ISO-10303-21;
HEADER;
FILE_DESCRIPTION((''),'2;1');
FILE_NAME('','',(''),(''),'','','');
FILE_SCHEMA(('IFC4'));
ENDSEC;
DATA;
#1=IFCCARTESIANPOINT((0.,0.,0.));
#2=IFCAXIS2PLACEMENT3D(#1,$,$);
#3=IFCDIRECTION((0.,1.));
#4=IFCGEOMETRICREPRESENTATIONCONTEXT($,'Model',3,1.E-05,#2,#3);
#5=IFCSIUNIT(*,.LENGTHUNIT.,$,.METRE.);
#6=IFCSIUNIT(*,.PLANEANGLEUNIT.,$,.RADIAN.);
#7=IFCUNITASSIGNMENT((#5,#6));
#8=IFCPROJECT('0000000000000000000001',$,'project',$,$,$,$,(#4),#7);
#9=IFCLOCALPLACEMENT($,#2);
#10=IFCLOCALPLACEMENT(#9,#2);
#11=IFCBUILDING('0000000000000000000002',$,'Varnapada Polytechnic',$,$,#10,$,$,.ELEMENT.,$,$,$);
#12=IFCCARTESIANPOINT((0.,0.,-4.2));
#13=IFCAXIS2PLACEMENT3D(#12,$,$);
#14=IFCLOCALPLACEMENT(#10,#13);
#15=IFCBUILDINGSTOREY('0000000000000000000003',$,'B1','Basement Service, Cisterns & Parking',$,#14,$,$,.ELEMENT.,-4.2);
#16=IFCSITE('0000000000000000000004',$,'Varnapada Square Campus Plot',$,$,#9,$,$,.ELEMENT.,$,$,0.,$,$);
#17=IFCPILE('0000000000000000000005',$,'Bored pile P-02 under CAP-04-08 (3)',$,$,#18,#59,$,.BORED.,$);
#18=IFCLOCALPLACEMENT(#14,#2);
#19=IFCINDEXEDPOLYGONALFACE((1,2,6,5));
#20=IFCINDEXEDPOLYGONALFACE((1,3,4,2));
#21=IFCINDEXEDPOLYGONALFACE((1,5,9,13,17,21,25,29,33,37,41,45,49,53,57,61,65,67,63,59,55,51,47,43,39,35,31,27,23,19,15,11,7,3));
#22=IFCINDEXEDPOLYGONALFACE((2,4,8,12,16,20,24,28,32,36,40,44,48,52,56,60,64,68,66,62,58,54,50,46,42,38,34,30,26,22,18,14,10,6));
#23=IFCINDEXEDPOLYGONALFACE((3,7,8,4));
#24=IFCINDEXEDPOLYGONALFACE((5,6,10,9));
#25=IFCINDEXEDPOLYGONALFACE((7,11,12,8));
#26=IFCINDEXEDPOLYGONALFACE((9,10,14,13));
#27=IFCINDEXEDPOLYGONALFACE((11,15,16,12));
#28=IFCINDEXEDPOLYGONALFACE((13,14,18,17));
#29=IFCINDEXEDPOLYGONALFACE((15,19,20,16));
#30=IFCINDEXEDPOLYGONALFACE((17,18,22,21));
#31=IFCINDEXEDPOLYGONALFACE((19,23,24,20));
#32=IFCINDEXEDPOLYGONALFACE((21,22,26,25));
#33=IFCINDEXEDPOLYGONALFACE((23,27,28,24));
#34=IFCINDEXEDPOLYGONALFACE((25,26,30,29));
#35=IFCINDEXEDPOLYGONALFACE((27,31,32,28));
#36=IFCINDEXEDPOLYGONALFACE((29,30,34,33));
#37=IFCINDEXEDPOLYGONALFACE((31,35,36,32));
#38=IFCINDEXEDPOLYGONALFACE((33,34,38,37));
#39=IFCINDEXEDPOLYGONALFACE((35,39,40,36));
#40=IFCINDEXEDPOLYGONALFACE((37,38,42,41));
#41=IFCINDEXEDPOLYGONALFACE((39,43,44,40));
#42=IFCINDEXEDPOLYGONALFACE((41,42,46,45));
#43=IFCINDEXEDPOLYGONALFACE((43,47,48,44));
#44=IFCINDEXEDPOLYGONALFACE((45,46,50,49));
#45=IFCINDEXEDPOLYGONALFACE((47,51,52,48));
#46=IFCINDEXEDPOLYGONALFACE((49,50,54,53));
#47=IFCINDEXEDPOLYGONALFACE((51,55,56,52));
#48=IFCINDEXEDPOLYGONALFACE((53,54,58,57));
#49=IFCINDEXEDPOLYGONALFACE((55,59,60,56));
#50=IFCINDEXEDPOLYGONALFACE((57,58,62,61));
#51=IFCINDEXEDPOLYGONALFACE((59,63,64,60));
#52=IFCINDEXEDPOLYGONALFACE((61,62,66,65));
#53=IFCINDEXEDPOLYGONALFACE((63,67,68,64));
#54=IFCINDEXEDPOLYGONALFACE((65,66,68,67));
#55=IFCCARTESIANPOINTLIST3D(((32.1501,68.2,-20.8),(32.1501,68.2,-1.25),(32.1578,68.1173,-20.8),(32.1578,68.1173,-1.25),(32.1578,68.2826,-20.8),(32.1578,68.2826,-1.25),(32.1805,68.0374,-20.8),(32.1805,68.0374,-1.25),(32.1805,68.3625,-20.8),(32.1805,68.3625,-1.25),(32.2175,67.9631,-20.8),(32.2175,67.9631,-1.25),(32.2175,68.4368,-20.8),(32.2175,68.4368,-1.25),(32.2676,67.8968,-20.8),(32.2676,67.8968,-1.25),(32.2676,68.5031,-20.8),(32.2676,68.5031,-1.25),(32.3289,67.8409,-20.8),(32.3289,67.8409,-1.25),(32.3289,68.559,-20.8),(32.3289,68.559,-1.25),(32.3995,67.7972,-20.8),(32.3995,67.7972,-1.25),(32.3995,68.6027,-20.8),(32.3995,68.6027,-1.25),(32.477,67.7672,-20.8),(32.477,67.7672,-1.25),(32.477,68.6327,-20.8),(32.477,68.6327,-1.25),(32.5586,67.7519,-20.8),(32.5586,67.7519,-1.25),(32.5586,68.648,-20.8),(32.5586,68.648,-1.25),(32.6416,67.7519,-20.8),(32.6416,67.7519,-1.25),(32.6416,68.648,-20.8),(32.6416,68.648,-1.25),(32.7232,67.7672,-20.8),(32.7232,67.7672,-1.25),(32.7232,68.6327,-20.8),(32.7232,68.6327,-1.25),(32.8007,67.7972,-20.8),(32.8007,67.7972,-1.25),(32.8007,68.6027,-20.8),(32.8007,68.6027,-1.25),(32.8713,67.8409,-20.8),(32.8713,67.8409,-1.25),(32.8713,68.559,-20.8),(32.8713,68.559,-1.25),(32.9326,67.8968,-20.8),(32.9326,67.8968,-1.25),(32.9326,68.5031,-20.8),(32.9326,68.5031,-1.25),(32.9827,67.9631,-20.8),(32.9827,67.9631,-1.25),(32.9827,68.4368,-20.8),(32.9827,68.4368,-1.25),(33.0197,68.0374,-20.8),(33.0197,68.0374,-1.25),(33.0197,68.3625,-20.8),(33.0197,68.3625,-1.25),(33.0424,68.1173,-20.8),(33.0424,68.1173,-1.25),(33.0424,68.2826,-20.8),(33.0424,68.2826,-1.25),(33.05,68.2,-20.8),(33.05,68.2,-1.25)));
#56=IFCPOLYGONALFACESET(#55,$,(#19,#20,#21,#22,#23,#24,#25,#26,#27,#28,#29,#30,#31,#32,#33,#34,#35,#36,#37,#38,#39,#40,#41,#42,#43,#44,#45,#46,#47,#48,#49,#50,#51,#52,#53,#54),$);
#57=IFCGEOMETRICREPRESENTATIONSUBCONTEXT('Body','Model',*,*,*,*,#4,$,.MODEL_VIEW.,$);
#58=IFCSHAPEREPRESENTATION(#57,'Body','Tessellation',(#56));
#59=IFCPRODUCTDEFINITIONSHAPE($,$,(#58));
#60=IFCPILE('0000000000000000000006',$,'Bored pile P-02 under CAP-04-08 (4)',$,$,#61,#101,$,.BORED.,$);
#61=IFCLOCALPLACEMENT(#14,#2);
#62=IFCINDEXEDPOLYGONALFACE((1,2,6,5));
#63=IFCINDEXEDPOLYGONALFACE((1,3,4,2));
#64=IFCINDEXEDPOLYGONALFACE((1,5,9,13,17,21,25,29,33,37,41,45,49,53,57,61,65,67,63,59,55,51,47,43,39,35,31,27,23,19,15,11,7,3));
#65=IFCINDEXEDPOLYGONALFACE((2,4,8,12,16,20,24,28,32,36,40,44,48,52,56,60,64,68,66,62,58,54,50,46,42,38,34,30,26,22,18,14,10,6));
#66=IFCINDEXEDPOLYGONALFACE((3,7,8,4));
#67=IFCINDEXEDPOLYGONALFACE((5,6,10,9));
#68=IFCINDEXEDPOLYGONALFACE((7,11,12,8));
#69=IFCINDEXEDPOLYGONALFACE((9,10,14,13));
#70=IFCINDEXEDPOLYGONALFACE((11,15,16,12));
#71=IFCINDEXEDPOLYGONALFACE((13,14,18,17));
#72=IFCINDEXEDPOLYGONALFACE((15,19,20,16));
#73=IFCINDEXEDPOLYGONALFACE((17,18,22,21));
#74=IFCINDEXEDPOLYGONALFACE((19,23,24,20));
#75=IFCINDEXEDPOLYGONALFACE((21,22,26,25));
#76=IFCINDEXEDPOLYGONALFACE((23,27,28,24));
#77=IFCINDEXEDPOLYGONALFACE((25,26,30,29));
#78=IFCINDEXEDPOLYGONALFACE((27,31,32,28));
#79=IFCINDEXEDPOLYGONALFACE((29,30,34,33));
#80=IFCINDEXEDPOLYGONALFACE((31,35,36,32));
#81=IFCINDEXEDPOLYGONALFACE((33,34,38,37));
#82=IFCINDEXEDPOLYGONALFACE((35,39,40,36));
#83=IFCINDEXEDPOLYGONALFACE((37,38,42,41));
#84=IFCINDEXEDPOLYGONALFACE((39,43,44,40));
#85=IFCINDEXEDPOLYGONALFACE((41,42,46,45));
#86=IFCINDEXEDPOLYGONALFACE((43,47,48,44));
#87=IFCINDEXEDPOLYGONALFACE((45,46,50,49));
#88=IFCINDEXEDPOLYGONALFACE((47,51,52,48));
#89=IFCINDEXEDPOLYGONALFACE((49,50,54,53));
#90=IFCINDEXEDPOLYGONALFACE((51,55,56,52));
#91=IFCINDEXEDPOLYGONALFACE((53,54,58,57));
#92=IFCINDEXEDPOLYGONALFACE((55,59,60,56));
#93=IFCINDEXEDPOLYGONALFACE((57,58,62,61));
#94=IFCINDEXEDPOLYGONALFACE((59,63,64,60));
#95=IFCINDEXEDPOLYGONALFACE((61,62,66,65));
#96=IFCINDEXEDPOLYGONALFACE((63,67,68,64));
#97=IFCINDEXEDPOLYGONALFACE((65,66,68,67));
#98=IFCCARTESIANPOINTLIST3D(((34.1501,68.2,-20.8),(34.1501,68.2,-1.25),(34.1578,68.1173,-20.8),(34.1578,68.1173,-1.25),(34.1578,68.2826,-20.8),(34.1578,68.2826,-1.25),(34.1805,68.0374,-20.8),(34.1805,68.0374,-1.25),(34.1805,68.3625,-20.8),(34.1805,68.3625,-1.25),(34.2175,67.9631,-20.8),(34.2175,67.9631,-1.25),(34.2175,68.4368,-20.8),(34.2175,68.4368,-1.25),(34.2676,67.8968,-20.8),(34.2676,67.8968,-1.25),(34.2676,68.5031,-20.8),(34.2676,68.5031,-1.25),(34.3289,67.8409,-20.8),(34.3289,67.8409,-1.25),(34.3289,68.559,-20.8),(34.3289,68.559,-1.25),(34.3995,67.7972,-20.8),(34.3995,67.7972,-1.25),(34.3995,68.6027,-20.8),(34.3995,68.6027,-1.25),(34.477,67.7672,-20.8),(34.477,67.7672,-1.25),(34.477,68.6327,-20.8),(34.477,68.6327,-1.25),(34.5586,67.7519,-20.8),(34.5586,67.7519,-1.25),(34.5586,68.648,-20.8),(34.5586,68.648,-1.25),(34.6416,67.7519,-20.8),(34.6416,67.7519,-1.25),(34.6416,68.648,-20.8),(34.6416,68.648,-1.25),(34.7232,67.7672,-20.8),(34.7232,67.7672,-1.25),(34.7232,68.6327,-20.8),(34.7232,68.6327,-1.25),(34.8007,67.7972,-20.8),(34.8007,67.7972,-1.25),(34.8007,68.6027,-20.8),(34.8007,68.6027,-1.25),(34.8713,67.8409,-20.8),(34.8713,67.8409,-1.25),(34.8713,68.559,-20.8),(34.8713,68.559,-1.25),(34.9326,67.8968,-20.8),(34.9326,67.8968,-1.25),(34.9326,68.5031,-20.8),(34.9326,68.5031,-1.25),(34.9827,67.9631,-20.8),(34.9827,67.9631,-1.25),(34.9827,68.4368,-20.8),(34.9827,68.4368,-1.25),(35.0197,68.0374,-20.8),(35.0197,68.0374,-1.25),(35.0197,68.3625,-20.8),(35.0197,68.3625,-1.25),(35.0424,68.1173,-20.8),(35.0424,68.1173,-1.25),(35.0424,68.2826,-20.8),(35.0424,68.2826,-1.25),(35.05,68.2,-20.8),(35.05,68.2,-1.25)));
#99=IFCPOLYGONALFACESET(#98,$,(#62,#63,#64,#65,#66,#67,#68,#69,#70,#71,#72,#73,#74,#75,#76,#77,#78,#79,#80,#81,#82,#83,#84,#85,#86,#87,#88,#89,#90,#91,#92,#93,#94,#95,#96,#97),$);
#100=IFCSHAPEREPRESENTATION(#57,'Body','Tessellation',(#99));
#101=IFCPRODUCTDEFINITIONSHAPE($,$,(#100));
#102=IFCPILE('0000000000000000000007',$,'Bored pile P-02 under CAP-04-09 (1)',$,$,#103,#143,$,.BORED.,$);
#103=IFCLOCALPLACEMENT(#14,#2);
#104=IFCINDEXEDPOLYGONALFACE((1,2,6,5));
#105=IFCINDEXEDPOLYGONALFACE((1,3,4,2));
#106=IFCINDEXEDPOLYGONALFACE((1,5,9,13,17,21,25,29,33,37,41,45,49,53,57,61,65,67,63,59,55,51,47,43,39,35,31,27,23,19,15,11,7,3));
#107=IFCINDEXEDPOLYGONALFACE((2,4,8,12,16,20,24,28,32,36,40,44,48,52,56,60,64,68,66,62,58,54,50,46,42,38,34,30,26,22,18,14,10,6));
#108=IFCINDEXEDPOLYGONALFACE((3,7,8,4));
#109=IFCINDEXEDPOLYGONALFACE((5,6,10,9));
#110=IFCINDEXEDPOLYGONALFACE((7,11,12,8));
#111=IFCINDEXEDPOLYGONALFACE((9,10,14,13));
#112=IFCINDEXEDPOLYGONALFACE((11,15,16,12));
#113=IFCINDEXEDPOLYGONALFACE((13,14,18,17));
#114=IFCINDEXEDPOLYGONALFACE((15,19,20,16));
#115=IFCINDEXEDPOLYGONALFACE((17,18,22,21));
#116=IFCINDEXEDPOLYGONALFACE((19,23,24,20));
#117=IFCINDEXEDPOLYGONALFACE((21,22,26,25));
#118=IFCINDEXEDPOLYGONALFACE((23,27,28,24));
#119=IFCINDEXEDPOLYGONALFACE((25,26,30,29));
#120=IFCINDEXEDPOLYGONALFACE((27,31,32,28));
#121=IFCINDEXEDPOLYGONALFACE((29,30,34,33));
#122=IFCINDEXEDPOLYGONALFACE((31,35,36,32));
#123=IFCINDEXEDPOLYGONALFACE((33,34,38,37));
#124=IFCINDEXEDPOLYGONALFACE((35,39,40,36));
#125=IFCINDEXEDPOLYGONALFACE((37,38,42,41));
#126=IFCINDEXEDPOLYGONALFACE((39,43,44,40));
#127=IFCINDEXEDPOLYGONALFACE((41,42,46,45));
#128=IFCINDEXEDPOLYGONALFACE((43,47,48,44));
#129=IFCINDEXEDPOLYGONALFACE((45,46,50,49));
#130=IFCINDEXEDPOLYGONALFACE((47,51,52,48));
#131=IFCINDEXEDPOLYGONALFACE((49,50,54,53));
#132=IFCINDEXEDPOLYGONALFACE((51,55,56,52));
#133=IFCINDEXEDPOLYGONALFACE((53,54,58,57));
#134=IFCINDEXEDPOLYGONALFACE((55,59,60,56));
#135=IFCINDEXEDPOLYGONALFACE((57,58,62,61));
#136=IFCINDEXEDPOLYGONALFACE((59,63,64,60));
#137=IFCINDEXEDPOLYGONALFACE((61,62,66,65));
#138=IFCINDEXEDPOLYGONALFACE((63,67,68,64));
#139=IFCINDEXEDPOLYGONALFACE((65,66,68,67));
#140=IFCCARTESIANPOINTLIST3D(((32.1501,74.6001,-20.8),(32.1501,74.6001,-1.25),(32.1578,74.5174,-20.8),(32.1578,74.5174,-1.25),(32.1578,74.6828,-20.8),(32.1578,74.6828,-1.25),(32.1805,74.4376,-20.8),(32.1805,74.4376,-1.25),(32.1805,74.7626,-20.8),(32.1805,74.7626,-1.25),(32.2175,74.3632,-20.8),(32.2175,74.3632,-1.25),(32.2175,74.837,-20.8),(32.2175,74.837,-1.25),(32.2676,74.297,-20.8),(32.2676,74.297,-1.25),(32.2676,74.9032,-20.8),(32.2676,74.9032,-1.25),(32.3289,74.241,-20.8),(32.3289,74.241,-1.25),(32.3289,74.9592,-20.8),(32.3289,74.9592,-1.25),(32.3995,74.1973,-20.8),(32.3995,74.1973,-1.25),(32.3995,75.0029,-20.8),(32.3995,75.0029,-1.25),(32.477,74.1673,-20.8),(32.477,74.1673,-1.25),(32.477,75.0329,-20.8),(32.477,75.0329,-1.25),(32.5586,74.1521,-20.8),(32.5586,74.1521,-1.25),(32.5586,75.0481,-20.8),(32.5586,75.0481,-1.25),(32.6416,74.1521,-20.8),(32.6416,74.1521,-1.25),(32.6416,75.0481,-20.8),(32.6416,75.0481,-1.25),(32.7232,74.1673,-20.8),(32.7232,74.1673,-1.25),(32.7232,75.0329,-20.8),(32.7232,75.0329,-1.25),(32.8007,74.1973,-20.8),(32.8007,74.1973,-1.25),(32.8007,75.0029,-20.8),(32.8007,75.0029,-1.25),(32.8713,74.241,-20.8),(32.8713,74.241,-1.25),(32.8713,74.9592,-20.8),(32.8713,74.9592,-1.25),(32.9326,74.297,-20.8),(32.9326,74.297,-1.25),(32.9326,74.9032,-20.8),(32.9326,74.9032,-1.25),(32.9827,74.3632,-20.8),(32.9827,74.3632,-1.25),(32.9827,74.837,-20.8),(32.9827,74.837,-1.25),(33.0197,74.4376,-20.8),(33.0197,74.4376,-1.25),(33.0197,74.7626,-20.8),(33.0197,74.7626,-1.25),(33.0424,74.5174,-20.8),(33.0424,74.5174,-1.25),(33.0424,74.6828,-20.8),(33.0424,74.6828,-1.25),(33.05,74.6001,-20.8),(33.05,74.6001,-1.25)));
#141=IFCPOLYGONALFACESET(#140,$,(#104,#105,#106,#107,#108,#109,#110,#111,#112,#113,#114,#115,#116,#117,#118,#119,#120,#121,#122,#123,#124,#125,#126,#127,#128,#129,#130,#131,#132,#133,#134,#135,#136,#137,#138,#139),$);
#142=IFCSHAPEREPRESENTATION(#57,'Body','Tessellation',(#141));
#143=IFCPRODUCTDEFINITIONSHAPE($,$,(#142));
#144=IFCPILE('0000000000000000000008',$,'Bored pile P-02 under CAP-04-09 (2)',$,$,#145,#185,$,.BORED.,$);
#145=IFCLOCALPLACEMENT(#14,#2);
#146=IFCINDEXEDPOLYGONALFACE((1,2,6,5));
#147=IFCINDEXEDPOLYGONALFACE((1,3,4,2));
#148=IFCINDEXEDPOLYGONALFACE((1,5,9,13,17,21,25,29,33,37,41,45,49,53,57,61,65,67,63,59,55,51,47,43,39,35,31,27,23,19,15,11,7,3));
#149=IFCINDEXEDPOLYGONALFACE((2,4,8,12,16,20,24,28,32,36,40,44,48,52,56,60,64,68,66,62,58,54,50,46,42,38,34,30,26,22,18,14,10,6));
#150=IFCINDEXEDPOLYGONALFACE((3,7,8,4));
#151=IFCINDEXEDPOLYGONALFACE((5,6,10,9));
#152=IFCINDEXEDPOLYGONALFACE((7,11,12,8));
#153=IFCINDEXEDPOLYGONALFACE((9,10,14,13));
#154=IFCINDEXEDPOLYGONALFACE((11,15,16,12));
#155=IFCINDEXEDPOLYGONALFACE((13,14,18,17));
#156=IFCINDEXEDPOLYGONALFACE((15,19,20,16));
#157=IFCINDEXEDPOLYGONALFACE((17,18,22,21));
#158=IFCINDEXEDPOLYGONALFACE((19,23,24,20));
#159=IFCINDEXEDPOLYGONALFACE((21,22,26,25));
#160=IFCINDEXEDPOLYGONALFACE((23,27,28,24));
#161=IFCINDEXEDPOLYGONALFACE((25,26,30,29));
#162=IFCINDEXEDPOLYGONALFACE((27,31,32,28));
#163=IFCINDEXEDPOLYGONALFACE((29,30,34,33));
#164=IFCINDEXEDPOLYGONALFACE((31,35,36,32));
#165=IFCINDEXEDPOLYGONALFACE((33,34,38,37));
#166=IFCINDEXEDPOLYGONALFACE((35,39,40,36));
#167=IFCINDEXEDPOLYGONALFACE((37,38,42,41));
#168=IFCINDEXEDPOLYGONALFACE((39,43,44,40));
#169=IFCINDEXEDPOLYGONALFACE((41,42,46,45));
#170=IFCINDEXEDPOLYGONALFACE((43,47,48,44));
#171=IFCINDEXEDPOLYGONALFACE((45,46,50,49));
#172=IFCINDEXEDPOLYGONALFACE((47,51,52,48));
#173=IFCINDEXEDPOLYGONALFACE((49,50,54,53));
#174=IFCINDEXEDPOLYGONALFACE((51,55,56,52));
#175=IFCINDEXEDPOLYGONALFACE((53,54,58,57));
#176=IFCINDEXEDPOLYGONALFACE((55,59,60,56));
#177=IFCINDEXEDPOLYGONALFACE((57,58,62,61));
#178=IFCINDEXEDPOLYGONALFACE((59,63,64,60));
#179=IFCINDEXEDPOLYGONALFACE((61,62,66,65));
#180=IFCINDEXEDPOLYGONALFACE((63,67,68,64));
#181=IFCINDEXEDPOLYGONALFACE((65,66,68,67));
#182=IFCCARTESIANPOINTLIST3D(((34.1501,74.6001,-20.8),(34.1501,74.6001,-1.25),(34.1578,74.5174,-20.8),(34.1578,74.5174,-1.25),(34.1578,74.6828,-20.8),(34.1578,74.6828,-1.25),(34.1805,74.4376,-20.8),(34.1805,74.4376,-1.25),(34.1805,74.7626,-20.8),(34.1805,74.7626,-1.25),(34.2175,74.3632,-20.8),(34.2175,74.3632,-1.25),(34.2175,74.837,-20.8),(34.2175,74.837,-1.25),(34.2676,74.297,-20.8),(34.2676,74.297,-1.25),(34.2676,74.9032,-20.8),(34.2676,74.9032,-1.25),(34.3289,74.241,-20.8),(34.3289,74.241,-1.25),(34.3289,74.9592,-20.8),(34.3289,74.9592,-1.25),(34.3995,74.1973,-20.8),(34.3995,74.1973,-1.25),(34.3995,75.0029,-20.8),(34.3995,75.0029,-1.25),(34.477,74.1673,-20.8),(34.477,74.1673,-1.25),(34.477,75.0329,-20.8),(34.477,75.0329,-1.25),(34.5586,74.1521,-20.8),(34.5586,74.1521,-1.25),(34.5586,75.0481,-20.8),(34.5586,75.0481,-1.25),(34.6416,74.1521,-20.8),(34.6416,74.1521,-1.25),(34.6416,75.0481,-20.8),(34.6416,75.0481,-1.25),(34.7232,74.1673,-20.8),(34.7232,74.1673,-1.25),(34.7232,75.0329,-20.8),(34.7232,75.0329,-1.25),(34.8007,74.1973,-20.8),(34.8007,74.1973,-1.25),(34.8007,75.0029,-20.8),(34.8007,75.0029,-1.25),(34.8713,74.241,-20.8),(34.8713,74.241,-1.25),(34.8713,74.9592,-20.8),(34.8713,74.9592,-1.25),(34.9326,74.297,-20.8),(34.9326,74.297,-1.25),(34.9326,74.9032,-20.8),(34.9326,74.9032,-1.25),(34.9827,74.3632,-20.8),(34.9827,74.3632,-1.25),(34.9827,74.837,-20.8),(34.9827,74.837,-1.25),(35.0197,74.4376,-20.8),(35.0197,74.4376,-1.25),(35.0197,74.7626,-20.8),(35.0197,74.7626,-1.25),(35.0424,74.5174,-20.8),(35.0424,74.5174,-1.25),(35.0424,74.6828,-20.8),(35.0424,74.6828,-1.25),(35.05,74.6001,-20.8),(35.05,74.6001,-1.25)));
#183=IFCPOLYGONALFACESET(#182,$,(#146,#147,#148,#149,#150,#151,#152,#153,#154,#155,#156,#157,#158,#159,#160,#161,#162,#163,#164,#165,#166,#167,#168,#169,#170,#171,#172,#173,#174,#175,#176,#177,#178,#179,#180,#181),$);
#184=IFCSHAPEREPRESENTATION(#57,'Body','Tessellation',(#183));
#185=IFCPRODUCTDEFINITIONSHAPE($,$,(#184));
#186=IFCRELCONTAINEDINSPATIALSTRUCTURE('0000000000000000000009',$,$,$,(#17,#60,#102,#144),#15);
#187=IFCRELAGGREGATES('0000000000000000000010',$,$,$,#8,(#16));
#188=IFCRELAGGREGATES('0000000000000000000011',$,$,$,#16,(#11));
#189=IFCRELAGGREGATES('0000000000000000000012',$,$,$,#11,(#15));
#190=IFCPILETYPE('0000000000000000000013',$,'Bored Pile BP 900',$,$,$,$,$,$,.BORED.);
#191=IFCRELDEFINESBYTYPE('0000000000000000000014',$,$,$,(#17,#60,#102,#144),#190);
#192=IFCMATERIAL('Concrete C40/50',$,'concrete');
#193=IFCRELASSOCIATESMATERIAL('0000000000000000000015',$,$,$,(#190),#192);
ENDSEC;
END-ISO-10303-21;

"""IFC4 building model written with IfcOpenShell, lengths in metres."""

from ifc_helpers import new_model, si_unit, direction, frame, origin, origin_2d, place, context, subcontext, project, spatial, circle, extrude, material, material_profile, profile_set, type_object, element, save


model = new_model("IFC4")

# Units and contexts
model_context = context("Model", 3, precision=1e-05, world=origin(), true_north=direction((0.0, 1.0)))
body_context = subcontext(model_context, "Body", "Model", "MODEL_VIEW")
ifc_project = project(units=[si_unit("LENGTHUNIT", "METRE"), si_unit("PLANEANGLEUNIT", "RADIAN")], contexts=[model_context])

# Site, building, storey
site_placement = place(None, origin())
site = spatial("IfcSite", under=ifc_project, at=site_placement, Name="Varnapada Square Campus Plot", CompositionType="ELEMENT", RefElevation=0.0)
building_placement = place(site_placement, origin())
building = spatial("IfcBuilding", under=site, at=building_placement, Name="Varnapada Polytechnic", CompositionType="ELEMENT")
storey_placement = place(building_placement, frame((0.0, 0.0, -4.2)))
storey = spatial("IfcBuildingStorey", under=building, at=storey_placement, Name="B1", Description="Basement Service, Cisterns & Parking", CompositionType="ELEMENT", Elevation=-4.2)

# Piles
ifc_material = material(Name="Concrete C40/50", Category="concrete")
ifc_material_profile_1 = material_profile(ifc_material, circle(Radius=0.45, at=origin_2d()), Name="BP 900")
ifc_profile_set_1 = profile_set([ifc_material_profile_1], Name="Concrete C40/50")
pile_type_1 = type_object("IfcPileType", Name="Bored Pile BP 900", PredefinedType="BORED", material=ifc_profile_set_1)
for number, where, z_axis, x_axis, name in (
    (1, (32.6001, 68.2, -1.25), (0.0, 0.0, -1.0), (1.0, 0.0, 0.0), "Bored pile P-02 under CAP-04-08 (3)"),
    (2, (34.6001, 68.2, -1.25), (0.0, 0.0, -1.0), (1.0, 0.0, 0.0), "Bored pile P-02 under CAP-04-08 (4)"),
    (3, (32.6001, 74.6001, -1.25), (0.0, 0.0, -1.0), (1.0, 0.0, 0.0), "Bored pile P-02 under CAP-04-09 (1)"),
    (4, (34.6001, 74.6001, -1.25), (0.0, 0.0, -1.0), (1.0, 0.0, 0.0), "Bored pile P-02 under CAP-04-09 (2)"),
):
    element("IfcPile", number, at=place(storey_placement, frame(where, z_axis=z_axis, x_axis=x_axis)), inside=storey, type_object=pile_type_1, Name=name, PredefinedType="BORED", context=body_context, shape_type="SweptSolid", body=[
        extrude(circle(Radius=0.45, at=origin_2d()), origin(), (0.0, 0.0, 1.0), 19.55),
    ])

save(model, "model.ifc")
